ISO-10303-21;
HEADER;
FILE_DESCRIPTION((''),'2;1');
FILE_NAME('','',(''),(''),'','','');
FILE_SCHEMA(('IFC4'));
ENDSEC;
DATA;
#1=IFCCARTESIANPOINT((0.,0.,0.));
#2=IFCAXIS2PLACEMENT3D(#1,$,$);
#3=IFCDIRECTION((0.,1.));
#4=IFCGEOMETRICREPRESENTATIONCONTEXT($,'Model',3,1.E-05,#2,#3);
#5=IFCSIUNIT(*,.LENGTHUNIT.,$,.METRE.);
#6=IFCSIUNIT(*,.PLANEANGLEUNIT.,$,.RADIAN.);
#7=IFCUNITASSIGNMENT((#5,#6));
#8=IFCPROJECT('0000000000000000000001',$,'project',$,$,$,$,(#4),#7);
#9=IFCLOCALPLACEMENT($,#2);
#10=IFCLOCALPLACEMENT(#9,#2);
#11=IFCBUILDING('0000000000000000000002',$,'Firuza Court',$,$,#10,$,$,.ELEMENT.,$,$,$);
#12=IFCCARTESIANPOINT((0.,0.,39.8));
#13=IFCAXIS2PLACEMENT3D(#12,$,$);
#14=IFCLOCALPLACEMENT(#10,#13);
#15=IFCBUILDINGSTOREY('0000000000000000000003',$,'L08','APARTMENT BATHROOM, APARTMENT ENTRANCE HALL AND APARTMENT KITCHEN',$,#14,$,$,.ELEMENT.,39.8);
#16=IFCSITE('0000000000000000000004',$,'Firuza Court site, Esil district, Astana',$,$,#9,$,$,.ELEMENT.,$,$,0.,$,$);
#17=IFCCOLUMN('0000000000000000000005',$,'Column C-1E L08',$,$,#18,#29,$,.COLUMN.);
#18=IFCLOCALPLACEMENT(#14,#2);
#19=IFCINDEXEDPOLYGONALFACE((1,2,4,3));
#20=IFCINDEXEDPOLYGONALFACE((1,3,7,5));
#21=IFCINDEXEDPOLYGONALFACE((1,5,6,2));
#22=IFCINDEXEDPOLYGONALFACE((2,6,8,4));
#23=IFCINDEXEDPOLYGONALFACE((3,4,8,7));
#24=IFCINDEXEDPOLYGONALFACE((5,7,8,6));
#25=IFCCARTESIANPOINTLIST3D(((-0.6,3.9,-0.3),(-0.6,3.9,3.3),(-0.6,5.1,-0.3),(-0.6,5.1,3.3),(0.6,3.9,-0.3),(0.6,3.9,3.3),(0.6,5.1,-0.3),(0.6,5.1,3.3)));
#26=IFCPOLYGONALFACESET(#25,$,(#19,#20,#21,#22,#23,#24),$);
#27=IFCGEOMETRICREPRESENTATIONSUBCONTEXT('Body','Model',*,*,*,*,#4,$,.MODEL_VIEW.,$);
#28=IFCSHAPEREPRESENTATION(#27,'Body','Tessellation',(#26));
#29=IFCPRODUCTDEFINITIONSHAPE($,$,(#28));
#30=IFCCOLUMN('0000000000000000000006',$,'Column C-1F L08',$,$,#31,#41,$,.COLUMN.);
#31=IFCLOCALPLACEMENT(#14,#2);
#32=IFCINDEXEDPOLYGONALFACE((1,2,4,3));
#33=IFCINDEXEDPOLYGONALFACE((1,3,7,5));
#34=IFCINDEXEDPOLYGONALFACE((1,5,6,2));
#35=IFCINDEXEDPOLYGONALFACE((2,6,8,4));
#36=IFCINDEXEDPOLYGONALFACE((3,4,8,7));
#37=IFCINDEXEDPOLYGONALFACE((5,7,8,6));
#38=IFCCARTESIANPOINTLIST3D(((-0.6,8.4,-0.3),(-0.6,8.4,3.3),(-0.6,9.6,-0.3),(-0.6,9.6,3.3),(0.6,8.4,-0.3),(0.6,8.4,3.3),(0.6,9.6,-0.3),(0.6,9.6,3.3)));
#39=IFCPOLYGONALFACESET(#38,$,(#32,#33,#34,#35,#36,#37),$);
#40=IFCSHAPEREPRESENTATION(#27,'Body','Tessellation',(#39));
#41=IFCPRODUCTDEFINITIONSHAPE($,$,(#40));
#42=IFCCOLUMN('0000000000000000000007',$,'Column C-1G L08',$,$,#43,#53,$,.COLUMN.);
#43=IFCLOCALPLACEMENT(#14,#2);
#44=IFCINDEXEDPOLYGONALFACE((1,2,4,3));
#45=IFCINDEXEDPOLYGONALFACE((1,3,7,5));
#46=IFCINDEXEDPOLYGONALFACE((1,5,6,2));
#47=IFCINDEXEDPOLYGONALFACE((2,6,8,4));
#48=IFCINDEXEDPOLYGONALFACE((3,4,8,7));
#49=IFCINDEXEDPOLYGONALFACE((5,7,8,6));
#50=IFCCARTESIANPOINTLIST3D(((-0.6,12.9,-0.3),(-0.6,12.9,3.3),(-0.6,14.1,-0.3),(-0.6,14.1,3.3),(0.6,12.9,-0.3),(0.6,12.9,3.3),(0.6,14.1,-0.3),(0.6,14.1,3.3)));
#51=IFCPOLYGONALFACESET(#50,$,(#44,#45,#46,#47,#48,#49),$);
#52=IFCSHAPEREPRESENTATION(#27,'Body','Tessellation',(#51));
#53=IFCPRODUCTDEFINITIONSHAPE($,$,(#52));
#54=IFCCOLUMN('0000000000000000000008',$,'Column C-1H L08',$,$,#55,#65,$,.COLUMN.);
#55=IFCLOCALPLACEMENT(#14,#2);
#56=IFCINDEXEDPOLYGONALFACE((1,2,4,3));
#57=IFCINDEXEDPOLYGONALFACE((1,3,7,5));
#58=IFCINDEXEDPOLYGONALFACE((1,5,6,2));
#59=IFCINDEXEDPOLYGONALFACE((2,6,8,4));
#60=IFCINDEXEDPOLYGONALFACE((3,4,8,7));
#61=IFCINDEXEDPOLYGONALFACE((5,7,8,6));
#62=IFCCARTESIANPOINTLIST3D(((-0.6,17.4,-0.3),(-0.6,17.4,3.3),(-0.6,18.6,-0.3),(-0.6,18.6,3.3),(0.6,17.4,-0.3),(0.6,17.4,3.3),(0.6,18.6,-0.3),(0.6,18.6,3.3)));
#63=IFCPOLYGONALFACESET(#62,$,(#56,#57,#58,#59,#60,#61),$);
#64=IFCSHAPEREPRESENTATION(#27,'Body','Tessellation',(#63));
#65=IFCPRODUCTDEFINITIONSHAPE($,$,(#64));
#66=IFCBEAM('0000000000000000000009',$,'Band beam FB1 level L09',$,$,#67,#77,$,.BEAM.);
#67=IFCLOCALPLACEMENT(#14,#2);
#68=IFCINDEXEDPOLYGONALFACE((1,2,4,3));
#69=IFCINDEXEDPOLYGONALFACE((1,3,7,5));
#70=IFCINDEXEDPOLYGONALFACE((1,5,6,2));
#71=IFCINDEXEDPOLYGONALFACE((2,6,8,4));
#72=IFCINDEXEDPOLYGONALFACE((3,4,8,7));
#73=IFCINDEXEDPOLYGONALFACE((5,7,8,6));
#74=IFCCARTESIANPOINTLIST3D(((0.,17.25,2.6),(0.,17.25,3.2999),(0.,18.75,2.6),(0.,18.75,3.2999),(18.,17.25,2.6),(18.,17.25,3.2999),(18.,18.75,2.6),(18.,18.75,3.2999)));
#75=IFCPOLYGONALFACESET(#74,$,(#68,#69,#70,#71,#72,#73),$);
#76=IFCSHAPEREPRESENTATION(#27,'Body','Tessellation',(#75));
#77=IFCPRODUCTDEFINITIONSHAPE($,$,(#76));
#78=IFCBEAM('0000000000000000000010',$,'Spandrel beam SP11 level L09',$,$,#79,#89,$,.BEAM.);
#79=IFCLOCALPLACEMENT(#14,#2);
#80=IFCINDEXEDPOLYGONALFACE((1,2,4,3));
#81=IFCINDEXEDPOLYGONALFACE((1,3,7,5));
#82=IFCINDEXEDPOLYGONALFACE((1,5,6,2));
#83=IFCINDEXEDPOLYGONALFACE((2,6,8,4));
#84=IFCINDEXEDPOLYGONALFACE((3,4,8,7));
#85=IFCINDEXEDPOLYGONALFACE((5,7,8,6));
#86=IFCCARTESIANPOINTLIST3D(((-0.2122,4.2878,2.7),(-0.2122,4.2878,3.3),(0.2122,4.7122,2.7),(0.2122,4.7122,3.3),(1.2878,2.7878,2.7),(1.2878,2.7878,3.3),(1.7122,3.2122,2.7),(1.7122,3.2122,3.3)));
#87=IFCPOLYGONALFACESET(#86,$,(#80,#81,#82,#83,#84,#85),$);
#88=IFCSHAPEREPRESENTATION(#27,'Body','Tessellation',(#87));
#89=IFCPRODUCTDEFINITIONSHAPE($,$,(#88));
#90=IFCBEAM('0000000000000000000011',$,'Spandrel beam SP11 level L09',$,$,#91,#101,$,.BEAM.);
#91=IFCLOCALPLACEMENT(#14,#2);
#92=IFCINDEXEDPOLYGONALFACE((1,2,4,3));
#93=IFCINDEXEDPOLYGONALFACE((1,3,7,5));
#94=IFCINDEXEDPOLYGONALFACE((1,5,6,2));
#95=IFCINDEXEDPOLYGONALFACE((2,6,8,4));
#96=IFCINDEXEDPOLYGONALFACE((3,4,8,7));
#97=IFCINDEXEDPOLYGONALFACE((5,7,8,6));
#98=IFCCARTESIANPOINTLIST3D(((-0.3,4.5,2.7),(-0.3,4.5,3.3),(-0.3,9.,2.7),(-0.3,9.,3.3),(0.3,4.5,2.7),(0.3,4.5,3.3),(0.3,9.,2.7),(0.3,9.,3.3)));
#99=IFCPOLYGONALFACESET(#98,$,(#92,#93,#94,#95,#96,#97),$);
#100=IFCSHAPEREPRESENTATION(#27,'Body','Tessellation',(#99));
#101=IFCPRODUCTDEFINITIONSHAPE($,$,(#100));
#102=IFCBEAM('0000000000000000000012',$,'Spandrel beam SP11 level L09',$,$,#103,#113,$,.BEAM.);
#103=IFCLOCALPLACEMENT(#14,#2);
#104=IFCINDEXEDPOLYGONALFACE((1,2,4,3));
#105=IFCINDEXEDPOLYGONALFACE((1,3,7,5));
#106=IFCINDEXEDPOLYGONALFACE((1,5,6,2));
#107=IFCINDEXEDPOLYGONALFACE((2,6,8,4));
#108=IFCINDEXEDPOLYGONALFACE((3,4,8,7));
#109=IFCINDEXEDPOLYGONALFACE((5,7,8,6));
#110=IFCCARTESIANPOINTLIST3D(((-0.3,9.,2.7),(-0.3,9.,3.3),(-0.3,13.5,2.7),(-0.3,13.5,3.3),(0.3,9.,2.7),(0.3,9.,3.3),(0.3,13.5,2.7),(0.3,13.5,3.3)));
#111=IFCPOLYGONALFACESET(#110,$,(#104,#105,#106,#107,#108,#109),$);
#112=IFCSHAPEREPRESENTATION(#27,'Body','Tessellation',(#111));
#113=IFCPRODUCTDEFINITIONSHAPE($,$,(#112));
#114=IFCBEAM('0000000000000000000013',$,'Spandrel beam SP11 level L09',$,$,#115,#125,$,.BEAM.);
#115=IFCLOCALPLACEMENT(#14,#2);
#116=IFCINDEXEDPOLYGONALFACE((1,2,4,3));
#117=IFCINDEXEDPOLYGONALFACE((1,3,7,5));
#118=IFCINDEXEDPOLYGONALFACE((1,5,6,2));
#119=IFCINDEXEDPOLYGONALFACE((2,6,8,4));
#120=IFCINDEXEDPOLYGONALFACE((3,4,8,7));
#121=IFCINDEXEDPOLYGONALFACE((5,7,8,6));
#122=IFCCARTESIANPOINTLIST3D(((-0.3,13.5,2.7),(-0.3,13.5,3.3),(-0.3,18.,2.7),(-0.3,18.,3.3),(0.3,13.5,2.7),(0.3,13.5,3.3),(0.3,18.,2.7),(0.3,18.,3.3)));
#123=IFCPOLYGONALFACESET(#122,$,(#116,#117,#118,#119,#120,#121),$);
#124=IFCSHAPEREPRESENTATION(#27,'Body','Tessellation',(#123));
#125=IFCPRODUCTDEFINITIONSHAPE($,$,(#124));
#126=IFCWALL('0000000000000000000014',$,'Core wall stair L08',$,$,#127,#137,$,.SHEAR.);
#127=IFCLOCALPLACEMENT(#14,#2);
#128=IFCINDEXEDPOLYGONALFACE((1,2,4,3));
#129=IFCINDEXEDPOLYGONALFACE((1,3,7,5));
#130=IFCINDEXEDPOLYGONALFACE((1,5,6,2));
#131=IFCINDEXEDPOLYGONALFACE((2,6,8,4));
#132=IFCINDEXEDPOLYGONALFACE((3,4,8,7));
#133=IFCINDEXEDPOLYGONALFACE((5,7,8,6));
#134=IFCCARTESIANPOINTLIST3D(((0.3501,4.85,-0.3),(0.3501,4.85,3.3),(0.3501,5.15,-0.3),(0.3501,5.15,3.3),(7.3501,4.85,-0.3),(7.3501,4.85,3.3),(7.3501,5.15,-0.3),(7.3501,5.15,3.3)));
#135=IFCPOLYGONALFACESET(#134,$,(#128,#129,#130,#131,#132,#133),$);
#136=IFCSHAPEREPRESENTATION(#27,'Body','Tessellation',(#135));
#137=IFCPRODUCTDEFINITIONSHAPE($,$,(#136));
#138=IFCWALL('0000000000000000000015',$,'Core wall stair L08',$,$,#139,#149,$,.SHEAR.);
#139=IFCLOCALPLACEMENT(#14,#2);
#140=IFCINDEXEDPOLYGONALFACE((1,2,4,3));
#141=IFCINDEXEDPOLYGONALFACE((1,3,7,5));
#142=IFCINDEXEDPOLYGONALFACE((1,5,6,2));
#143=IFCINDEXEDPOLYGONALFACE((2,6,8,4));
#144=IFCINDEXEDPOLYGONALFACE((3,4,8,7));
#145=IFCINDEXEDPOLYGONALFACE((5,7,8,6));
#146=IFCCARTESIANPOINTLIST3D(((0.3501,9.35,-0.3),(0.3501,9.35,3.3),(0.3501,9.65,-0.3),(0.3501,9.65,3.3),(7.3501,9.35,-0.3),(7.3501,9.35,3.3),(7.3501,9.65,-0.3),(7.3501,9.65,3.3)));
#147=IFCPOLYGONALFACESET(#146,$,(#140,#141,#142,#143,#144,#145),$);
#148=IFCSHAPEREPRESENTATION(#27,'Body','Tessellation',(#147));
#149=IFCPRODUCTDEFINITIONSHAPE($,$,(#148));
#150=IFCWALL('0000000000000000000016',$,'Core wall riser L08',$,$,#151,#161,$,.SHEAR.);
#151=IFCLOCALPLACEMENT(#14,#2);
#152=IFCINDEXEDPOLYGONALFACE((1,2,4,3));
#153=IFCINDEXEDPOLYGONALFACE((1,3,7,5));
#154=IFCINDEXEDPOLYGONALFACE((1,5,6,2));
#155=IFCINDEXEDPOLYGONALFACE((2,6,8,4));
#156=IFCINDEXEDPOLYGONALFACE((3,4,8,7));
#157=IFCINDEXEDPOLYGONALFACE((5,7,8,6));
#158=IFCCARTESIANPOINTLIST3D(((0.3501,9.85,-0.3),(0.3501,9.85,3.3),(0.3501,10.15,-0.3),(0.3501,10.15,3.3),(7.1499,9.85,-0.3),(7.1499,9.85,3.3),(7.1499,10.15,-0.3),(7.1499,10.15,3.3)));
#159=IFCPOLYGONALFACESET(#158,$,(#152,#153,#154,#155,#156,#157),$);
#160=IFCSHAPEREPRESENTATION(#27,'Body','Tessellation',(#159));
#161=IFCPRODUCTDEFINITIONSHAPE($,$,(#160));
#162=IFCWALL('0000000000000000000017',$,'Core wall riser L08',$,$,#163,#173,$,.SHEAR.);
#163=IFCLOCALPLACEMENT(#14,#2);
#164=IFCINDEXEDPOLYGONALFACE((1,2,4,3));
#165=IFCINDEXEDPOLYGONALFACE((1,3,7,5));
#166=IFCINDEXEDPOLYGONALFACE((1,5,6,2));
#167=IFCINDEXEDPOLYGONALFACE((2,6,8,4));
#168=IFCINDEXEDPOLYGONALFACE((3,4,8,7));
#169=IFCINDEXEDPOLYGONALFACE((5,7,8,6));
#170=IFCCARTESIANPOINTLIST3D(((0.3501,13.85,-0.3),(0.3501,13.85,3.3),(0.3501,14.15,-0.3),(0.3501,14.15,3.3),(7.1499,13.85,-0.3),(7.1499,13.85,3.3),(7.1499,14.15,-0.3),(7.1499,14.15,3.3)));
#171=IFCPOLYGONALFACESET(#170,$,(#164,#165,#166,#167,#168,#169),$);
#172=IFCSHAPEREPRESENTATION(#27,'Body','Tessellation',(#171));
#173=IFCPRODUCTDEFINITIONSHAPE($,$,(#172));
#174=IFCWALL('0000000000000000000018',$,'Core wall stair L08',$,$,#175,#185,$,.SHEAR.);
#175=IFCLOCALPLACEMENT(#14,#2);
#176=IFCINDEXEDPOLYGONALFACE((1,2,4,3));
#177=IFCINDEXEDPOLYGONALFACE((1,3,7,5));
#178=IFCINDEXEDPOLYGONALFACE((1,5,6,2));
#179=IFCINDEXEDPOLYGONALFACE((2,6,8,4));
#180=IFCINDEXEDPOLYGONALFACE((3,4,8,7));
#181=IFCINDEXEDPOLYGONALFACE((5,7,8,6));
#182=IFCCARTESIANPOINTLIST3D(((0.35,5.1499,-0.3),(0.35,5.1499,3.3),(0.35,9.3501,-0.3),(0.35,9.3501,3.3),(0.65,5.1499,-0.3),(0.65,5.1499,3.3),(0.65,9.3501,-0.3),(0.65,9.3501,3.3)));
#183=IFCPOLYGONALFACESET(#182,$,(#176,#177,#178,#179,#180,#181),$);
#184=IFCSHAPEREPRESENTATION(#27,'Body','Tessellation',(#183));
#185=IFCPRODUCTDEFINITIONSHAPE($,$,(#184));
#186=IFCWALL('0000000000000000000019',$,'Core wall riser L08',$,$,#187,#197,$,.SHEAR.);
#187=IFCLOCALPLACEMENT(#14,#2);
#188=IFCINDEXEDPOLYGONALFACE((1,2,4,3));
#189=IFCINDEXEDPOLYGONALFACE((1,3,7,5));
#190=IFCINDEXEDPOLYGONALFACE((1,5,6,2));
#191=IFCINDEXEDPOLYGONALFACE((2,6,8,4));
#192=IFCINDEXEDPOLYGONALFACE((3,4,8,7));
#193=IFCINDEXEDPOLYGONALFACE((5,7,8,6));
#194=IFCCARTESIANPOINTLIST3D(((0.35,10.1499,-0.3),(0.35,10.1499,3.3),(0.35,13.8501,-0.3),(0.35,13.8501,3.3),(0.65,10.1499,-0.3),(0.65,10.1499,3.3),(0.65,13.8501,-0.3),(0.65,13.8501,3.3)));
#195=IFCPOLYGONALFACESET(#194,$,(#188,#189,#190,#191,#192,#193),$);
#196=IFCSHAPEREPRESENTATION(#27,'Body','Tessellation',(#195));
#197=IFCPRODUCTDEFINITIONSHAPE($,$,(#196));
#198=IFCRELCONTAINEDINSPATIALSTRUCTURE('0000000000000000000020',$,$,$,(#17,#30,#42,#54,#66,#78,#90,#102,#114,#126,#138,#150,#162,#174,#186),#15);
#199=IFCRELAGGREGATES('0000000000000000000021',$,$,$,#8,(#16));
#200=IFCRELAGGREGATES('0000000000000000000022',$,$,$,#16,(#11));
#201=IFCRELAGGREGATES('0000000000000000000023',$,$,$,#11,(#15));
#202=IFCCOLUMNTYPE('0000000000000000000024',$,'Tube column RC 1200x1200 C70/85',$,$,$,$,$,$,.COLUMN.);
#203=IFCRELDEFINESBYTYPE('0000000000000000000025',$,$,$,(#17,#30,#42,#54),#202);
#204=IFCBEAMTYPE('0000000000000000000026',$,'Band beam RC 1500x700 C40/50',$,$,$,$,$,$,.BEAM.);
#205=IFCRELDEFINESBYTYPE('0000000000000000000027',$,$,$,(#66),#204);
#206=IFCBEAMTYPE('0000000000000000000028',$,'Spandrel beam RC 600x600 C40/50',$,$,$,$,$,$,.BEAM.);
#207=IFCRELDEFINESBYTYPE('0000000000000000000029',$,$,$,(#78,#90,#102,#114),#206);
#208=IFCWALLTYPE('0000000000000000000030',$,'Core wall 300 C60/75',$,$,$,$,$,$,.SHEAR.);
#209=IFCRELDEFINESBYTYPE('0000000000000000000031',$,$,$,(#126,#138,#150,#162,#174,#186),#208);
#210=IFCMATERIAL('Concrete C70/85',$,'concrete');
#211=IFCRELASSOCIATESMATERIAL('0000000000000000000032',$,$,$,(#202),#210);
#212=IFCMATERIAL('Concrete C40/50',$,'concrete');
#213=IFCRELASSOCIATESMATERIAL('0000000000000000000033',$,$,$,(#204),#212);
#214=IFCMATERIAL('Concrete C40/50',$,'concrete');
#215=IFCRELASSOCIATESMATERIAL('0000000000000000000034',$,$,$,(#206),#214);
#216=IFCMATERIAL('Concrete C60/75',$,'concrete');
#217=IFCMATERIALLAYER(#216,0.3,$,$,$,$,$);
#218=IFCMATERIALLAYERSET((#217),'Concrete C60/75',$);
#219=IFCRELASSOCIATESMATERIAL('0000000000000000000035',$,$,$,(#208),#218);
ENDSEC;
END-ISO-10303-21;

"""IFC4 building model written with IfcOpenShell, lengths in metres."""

from ifc_helpers import new_model, si_unit, direction, frame, frame_2d, origin, origin_2d, place, context, subcontext, project, spatial, rectangle, extrude, material, layer, layer_set, material_profile, profile_set, type_object, element, save


model = new_model("IFC4")

# Units and contexts
model_context = context("Model", 3, precision=1e-05, world=origin(), true_north=direction((0.0, 1.0)))
body_context = subcontext(model_context, "Body", "Model", "MODEL_VIEW")
ifc_project = project(units=[si_unit("LENGTHUNIT", "METRE"), si_unit("PLANEANGLEUNIT", "RADIAN")], contexts=[model_context])

# Site, building, storey
site_placement = place(None, origin())
site = spatial("IfcSite", under=ifc_project, at=site_placement, Name="Firuza Court site, Esil district, Astana", CompositionType="ELEMENT", RefElevation=0.0)
building_placement = place(site_placement, origin())
building = spatial("IfcBuilding", under=site, at=building_placement, Name="Firuza Court", CompositionType="ELEMENT")
storey_placement = place(building_placement, frame((0.0, 0.0, 39.8)))
storey = spatial("IfcBuildingStorey", under=building, at=storey_placement, Name="L08", Description="APARTMENT BATHROOM, APARTMENT ENTRANCE HALL AND APARTMENT KITCHEN", CompositionType="ELEMENT", Elevation=39.8)

# Columns
ifc_material_1 = material(Name="Concrete C70/85", Category="concrete")
ifc_material_profile_1 = material_profile(ifc_material_1, rectangle(XDim=1.2, YDim=1.2, at=origin_2d()), Name="RC 1200x1200")
ifc_profile_set_1 = profile_set([ifc_material_profile_1], Name="Concrete C70/85")
column_type = type_object("IfcColumnType", Name="Tube column RC 1200x1200 C70/85", PredefinedType="COLUMN", material=ifc_profile_set_1)
for number, where, z_axis, x_axis, name in (
    (1, (0.0, 4.5, -0.3), (0.0, 0.0, 1.0), (1.0, 0.0, 0.0), "Column C-1E L08"),
    (2, (0.0, 9.0, -0.3), (0.0, 0.0, 1.0), (1.0, 0.0, 0.0), "Column C-1F L08"),
    (3, (0.0, 13.5, -0.3), (0.0, 0.0, 1.0), (1.0, 0.0, 0.0), "Column C-1G L08"),
    (4, (0.0, 18.0, -0.3), (0.0, 0.0, 1.0), (1.0, 0.0, 0.0), "Column C-1H L08"),
):
    element("IfcColumn", number, at=place(storey_placement, frame(where, z_axis=z_axis, x_axis=x_axis)), inside=storey, type_object=column_type, Name=name, PredefinedType="COLUMN", context=body_context, shape_type="SweptSolid", body=[
        extrude(rectangle(XDim=1.2, YDim=1.2, at=origin_2d()), origin(), (0.0, 0.0, 1.0), 3.6001),
    ])

# Beams
ifc_material_2 = material(Name="Concrete C40/50", Category="concrete")
ifc_material_profile_2 = material_profile(ifc_material_2, rectangle(XDim=1.5, YDim=0.7, at=origin_2d()), Name="RC 1500x700")
ifc_profile_set_2 = profile_set([ifc_material_profile_2], Name="Concrete C40/50")
beam_type_1 = type_object("IfcBeamType", Name="Band beam RC 1500x700 C40/50", PredefinedType="BEAM", material=ifc_profile_set_2)
beam_1_placement = place(storey_placement, frame((0.0, 18.0, 2.95), z_axis=(1.0, 0.0, 0.0), x_axis=(0.0, 1.0, 0.0)))
element("IfcBeam", 5, at=beam_1_placement, inside=storey, type_object=beam_type_1, Name="Band beam FB1 level L09", PredefinedType="BEAM", context=body_context, shape_type="SweptSolid", body=[
    extrude(rectangle(XDim=1.5, YDim=0.7, at=origin_2d()), origin(), (0.0, 0.0, 1.0), 18.0),
])
ifc_material_3 = material(Name="Concrete C40/50", Category="concrete")
ifc_material_profile_3 = material_profile(ifc_material_3, rectangle(XDim=0.6001, YDim=0.6001, at=origin_2d()), Name="RC 600x600")
ifc_profile_set_3 = profile_set([ifc_material_profile_3], Name="Concrete C40/50")
beam_type_2 = type_object("IfcBeamType", Name="Spandrel beam RC 600x600 C40/50", PredefinedType="BEAM", material=ifc_profile_set_3)
beam_2_placement = place(storey_placement, frame((0.0, 4.5, 3.0), z_axis=(0.707107, -0.707107, 0.0), x_axis=(0.707107, 0.707107, 0.0)))
element("IfcBeam", 6, at=beam_2_placement, inside=storey, type_object=beam_type_2, Name="Spandrel beam SP11 level L09", PredefinedType="BEAM", context=body_context, shape_type="SweptSolid", body=[
    extrude(rectangle(XDim=0.6001, YDim=0.6001, at=origin_2d()), origin(), (0.0, 0.0, 1.0), 2.1213),
])
for number, where, z_axis, x_axis, name in (
    (7, (0.0, 9.0, 3.0), (0.0, -1.0, 0.0), (1.0, 0.0, 0.0), "Spandrel beam SP11 level L09"),
    (8, (0.0, 13.5, 3.0), (0.0, -1.0, 0.0), (1.0, 0.0, 0.0), "Spandrel beam SP11 level L09"),
    (9, (0.0, 18.0, 3.0), (0.0, -1.0, 0.0), (1.0, 0.0, 0.0), "Spandrel beam SP11 level L09"),
):
    element("IfcBeam", number, at=place(storey_placement, frame(where, z_axis=z_axis, x_axis=x_axis)), inside=storey, type_object=beam_type_2, Name=name, PredefinedType="BEAM", context=body_context, shape_type="SweptSolid", body=[
        extrude(rectangle(XDim=0.6001, YDim=0.6001, at=origin_2d()), origin(), (0.0, 0.0, 1.0), 4.5),
    ])

# Walls
ifc_material_4 = material(Name="Concrete C60/75", Category="concrete")
ifc_layer_1 = layer(ifc_material_4, 0.3)
ifc_layer_set_1 = layer_set([ifc_layer_1], Name="Concrete C60/75")
wall_type_1 = type_object("IfcWallType", Name="Core wall 300 C60/75", PredefinedType="SHEAR", material=ifc_layer_set_1)
for number, where, z_axis, x_axis, name in (
    (10, (0.3501, 5.0, -0.3), (0.0, 0.0, 1.0), (1.0, 0.0, 0.0), "Core wall stair L08"),
    (11, (0.3501, 9.5, -0.3), (0.0, 0.0, 1.0), (1.0, 0.0, 0.0), "Core wall stair L08"),
):
    element("IfcWall", number, at=place(storey_placement, frame(where, z_axis=z_axis, x_axis=x_axis)), inside=storey, type_object=wall_type_1, Name=name, PredefinedType="SHEAR", context=body_context, shape_type="SweptSolid", body=[
        extrude(rectangle(XDim=7.0, YDim=0.3, at=frame_2d((3.5, 0.0))), origin(), (0.0, 0.0, 1.0), 3.6001),
    ])
for number, where, z_axis, x_axis, name in (
    (12, (0.3501, 10.0, -0.3), (0.0, 0.0, 1.0), (1.0, 0.0, 0.0), "Core wall riser L08"),
    (13, (0.3501, 14.0, -0.3), (0.0, 0.0, 1.0), (1.0, 0.0, 0.0), "Core wall riser L08"),
):
    element("IfcWall", number, at=place(storey_placement, frame(where, z_axis=z_axis, x_axis=x_axis)), inside=storey, type_object=wall_type_1, Name=name, PredefinedType="SHEAR", context=body_context, shape_type="SweptSolid", body=[
        extrude(rectangle(XDim=6.7998, YDim=0.3, at=frame_2d((3.3999, 0.0))), origin(), (0.0, 0.0, 1.0), 3.6001),
    ])
wall_1_placement = place(storey_placement, frame((0.5, 5.1499, -0.3), z_axis=(0.0, 0.0, 1.0), x_axis=(0.0, 1.0, 0.0)))
element("IfcWall", 14, at=wall_1_placement, inside=storey, type_object=wall_type_1, Name="Core wall stair L08", PredefinedType="SHEAR", context=body_context, shape_type="SweptSolid", body=[
    extrude(rectangle(XDim=4.2002, YDim=0.3, at=frame_2d((2.1001, 0.0))), origin(), (0.0, 0.0, 1.0), 3.6001),
])
wall_2_placement = place(storey_placement, frame((0.5, 10.1499, -0.3), z_axis=(0.0, 0.0, 1.0), x_axis=(0.0, 1.0, 0.0)))
element("IfcWall", 15, at=wall_2_placement, inside=storey, type_object=wall_type_1, Name="Core wall riser L08", PredefinedType="SHEAR", context=body_context, shape_type="SweptSolid", body=[
    extrude(rectangle(XDim=3.7002, YDim=0.3, at=frame_2d((1.8501, 0.0))), origin(), (0.0, 0.0, 1.0), 3.6001),
])

save(model, "model.ifc")
